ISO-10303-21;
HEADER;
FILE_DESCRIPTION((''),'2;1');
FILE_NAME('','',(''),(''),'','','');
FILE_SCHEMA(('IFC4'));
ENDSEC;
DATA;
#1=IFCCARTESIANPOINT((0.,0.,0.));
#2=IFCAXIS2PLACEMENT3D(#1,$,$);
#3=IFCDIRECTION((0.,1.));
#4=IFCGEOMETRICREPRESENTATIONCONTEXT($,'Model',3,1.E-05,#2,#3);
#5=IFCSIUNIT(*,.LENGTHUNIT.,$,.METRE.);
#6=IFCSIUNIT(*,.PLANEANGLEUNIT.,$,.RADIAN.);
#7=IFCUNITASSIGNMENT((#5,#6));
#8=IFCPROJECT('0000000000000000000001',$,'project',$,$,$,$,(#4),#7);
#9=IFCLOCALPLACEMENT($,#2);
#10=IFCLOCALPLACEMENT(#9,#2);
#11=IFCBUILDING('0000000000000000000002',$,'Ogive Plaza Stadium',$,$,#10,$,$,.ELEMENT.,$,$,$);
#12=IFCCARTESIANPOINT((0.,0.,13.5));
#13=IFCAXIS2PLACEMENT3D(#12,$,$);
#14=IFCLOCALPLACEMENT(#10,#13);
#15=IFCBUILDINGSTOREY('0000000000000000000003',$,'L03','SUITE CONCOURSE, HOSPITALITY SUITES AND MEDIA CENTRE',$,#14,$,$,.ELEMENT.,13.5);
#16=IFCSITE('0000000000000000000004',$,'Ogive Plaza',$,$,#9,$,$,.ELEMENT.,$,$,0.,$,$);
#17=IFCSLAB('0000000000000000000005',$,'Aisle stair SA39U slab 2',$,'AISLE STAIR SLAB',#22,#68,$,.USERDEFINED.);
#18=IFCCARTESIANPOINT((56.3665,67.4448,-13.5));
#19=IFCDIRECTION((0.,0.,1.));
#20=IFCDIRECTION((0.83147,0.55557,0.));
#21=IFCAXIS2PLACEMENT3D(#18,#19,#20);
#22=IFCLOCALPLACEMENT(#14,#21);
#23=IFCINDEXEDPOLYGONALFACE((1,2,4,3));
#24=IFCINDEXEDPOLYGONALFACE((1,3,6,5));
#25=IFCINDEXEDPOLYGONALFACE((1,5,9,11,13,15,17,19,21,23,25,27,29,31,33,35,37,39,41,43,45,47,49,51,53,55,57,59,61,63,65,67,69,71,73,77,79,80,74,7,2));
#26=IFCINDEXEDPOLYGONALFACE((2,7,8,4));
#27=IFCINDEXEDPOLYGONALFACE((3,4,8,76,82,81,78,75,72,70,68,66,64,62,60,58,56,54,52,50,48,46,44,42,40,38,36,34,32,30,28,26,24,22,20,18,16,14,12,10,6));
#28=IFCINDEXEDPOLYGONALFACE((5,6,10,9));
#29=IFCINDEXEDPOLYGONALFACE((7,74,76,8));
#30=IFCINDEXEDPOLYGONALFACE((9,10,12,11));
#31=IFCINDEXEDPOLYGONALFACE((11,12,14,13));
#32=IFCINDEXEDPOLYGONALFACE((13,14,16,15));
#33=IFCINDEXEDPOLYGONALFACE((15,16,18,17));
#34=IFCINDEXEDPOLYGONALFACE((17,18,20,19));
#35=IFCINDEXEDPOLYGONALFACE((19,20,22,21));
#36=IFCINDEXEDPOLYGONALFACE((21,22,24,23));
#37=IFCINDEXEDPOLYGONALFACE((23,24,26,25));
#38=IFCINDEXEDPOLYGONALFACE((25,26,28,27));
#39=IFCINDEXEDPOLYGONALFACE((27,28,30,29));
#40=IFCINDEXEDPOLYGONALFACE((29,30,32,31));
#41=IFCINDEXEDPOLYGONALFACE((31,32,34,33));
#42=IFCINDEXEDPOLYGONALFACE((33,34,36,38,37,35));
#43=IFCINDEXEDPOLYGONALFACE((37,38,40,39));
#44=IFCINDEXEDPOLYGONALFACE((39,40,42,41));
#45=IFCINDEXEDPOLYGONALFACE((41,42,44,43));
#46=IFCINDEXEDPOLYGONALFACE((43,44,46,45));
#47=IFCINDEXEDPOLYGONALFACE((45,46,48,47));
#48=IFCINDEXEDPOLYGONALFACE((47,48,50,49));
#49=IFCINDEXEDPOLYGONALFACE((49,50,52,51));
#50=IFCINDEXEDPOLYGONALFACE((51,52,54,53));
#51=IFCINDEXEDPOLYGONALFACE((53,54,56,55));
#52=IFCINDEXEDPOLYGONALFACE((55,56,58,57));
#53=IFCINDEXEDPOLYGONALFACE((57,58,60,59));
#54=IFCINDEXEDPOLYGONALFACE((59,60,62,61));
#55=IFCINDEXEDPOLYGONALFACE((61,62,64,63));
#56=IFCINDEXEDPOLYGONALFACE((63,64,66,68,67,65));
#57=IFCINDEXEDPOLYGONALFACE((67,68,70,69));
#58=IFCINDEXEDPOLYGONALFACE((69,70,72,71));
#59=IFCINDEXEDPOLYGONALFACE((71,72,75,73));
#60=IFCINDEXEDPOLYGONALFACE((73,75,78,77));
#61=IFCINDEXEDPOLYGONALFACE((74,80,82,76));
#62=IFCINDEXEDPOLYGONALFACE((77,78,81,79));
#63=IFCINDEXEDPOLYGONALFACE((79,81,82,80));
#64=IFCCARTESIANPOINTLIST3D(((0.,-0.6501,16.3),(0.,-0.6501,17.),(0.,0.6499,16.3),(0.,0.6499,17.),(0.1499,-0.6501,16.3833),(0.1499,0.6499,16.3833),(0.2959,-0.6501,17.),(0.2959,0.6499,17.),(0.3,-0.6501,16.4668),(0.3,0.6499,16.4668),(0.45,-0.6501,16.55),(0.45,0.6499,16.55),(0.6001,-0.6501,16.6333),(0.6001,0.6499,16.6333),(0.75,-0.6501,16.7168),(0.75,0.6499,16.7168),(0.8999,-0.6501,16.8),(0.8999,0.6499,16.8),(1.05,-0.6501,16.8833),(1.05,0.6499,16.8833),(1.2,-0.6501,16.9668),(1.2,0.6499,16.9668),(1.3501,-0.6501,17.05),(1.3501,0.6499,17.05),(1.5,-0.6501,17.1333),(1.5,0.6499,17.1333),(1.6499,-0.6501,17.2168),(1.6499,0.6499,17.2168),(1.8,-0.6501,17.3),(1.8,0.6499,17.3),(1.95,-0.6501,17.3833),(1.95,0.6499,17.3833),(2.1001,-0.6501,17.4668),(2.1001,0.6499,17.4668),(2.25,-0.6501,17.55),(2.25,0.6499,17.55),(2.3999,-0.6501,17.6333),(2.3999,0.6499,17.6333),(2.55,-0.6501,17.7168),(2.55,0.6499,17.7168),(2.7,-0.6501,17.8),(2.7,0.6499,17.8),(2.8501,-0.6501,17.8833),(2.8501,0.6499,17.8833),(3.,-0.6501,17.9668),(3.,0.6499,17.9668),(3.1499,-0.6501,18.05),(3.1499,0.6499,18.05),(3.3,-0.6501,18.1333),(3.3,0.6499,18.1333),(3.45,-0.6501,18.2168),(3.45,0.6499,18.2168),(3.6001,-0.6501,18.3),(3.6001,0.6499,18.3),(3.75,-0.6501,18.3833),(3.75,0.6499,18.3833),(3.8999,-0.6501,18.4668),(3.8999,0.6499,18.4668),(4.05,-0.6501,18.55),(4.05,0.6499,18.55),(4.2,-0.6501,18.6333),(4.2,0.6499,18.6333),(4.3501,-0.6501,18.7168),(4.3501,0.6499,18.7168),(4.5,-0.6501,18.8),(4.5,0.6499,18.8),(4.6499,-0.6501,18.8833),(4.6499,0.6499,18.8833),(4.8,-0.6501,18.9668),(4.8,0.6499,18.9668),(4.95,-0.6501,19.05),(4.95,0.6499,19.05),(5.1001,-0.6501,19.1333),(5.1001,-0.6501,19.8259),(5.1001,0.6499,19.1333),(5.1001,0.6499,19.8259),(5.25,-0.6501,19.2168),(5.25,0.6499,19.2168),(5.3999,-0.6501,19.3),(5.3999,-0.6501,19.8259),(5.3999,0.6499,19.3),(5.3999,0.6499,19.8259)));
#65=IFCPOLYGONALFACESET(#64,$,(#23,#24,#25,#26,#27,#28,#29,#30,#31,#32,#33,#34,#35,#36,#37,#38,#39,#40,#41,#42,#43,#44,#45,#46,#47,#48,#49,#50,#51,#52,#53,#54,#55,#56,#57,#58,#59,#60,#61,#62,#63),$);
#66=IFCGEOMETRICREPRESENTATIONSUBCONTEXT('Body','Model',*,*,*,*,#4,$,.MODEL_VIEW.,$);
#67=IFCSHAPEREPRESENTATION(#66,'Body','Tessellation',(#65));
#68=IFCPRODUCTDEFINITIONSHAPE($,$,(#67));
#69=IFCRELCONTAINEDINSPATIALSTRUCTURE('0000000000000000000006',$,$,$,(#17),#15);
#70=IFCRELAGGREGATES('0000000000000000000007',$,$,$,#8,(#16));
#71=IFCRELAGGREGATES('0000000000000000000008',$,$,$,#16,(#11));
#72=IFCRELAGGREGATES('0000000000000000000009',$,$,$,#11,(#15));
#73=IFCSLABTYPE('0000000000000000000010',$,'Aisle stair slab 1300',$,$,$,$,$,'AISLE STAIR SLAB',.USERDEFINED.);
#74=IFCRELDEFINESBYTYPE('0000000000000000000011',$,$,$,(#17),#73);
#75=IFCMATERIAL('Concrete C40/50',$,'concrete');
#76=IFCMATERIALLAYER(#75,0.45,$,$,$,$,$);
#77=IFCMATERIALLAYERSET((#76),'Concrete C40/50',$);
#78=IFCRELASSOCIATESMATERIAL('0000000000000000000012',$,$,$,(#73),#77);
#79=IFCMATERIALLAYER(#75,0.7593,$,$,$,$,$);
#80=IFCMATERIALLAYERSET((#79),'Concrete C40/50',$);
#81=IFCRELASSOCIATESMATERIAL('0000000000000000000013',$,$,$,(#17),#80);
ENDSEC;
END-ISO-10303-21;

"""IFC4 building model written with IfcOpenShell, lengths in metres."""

from ifc_helpers import new_model, si_unit, direction, frame, origin, place, context, subcontext, project, spatial, polyline, outline, extrude, material, layer, layer_set, type_object, element, save


model = new_model("IFC4")

# Units and contexts
model_context = context("Model", 3, precision=1e-05, world=origin(), true_north=direction((0.0, 1.0)))
body_context = subcontext(model_context, "Body", "Model", "MODEL_VIEW")
ifc_project = project(units=[si_unit("LENGTHUNIT", "METRE"), si_unit("PLANEANGLEUNIT", "RADIAN")], contexts=[model_context])

# Site, building, storey
site_placement = place(None, origin())
site = spatial("IfcSite", under=ifc_project, at=site_placement, Name="Ogive Plaza", CompositionType="ELEMENT", RefElevation=0.0)
building_placement = place(site_placement, origin())
building = spatial("IfcBuilding", under=site, at=building_placement, Name="Ogive Plaza Stadium", CompositionType="ELEMENT")
storey_placement = place(building_placement, frame((0.0, 0.0, 13.5)))
storey = spatial("IfcBuildingStorey", under=building, at=storey_placement, Name="L03", Description="SUITE CONCOURSE, HOSPITALITY SUITES AND MEDIA CENTRE", CompositionType="ELEMENT", Elevation=13.5)

# Slab
ifc_material_1 = material(Name="Concrete C40/50", Category="concrete")
ifc_layer_1 = layer(ifc_material_1, 0.45)
ifc_layer_set_1 = layer_set([ifc_layer_1], Name="Concrete C40/50")
slab_type = type_object("IfcSlabType", Name="Aisle stair slab 1300", ElementType="AISLE STAIR SLAB", PredefinedType="USERDEFINED", material=ifc_layer_set_1)
ifc_layer_2 = layer(ifc_material_1, 0.7593)
ifc_layer_set_2 = layer_set([ifc_layer_2], Name="Concrete C40/50")
slab_placement = place(storey_placement, frame((56.3665, 67.4448, -13.5), z_axis=(0.0, 0.0, 1.0), x_axis=(0.83147, 0.55557, 0.0)))
element("IfcSlab", 1, at=slab_placement, inside=storey, type_object=slab_type, material=ifc_layer_set_2, Name="Aisle stair SA39U slab 2", ObjectType="AISLE STAIR SLAB", PredefinedType="USERDEFINED", context=body_context, shape_type="SweptSolid", body=[
    extrude(outline(polyline([(0.0, 17.0), (0.2959, 17.0), (5.1001, 19.8259), (5.3999, 19.8259), (5.3999, 19.3), (5.25, 19.2168), (5.1001, 19.1333), (4.95, 19.05), (4.8, 18.9668), (4.6499, 18.8833), (4.5, 18.8), (4.3501, 18.7168), (4.2, 18.6333), (4.05, 18.55), (3.8999, 18.4668), (3.75, 18.3833), (3.6001, 18.3), (3.45, 18.2168), (3.3, 18.1333), (3.1499, 18.05), (3.0, 17.9668), (2.8501, 17.8833), (2.7, 17.8), (2.55, 17.7168), (2.3999, 17.6333), (2.25, 17.55), (2.1001, 17.4668), (1.95, 17.3833), (1.8, 17.3), (1.6499, 17.2168), (1.5, 17.1333), (1.3501, 17.05), (1.2, 16.9668), (1.05, 16.8833), (0.8999, 16.8), (0.75, 16.7168), (0.6001, 16.6333), (0.45, 16.55), (0.3, 16.4668), (0.1499, 16.3833), (0.0, 16.3), (0.0, 17.0)])), frame((0.0, 0.6499, 0.0), z_axis=(0.0, -1.0, 0.0), x_axis=(1.0, 0.0, 0.0)), (0.0, 0.0, 1.0), 1.3),
])

save(model, "model.ifc")
